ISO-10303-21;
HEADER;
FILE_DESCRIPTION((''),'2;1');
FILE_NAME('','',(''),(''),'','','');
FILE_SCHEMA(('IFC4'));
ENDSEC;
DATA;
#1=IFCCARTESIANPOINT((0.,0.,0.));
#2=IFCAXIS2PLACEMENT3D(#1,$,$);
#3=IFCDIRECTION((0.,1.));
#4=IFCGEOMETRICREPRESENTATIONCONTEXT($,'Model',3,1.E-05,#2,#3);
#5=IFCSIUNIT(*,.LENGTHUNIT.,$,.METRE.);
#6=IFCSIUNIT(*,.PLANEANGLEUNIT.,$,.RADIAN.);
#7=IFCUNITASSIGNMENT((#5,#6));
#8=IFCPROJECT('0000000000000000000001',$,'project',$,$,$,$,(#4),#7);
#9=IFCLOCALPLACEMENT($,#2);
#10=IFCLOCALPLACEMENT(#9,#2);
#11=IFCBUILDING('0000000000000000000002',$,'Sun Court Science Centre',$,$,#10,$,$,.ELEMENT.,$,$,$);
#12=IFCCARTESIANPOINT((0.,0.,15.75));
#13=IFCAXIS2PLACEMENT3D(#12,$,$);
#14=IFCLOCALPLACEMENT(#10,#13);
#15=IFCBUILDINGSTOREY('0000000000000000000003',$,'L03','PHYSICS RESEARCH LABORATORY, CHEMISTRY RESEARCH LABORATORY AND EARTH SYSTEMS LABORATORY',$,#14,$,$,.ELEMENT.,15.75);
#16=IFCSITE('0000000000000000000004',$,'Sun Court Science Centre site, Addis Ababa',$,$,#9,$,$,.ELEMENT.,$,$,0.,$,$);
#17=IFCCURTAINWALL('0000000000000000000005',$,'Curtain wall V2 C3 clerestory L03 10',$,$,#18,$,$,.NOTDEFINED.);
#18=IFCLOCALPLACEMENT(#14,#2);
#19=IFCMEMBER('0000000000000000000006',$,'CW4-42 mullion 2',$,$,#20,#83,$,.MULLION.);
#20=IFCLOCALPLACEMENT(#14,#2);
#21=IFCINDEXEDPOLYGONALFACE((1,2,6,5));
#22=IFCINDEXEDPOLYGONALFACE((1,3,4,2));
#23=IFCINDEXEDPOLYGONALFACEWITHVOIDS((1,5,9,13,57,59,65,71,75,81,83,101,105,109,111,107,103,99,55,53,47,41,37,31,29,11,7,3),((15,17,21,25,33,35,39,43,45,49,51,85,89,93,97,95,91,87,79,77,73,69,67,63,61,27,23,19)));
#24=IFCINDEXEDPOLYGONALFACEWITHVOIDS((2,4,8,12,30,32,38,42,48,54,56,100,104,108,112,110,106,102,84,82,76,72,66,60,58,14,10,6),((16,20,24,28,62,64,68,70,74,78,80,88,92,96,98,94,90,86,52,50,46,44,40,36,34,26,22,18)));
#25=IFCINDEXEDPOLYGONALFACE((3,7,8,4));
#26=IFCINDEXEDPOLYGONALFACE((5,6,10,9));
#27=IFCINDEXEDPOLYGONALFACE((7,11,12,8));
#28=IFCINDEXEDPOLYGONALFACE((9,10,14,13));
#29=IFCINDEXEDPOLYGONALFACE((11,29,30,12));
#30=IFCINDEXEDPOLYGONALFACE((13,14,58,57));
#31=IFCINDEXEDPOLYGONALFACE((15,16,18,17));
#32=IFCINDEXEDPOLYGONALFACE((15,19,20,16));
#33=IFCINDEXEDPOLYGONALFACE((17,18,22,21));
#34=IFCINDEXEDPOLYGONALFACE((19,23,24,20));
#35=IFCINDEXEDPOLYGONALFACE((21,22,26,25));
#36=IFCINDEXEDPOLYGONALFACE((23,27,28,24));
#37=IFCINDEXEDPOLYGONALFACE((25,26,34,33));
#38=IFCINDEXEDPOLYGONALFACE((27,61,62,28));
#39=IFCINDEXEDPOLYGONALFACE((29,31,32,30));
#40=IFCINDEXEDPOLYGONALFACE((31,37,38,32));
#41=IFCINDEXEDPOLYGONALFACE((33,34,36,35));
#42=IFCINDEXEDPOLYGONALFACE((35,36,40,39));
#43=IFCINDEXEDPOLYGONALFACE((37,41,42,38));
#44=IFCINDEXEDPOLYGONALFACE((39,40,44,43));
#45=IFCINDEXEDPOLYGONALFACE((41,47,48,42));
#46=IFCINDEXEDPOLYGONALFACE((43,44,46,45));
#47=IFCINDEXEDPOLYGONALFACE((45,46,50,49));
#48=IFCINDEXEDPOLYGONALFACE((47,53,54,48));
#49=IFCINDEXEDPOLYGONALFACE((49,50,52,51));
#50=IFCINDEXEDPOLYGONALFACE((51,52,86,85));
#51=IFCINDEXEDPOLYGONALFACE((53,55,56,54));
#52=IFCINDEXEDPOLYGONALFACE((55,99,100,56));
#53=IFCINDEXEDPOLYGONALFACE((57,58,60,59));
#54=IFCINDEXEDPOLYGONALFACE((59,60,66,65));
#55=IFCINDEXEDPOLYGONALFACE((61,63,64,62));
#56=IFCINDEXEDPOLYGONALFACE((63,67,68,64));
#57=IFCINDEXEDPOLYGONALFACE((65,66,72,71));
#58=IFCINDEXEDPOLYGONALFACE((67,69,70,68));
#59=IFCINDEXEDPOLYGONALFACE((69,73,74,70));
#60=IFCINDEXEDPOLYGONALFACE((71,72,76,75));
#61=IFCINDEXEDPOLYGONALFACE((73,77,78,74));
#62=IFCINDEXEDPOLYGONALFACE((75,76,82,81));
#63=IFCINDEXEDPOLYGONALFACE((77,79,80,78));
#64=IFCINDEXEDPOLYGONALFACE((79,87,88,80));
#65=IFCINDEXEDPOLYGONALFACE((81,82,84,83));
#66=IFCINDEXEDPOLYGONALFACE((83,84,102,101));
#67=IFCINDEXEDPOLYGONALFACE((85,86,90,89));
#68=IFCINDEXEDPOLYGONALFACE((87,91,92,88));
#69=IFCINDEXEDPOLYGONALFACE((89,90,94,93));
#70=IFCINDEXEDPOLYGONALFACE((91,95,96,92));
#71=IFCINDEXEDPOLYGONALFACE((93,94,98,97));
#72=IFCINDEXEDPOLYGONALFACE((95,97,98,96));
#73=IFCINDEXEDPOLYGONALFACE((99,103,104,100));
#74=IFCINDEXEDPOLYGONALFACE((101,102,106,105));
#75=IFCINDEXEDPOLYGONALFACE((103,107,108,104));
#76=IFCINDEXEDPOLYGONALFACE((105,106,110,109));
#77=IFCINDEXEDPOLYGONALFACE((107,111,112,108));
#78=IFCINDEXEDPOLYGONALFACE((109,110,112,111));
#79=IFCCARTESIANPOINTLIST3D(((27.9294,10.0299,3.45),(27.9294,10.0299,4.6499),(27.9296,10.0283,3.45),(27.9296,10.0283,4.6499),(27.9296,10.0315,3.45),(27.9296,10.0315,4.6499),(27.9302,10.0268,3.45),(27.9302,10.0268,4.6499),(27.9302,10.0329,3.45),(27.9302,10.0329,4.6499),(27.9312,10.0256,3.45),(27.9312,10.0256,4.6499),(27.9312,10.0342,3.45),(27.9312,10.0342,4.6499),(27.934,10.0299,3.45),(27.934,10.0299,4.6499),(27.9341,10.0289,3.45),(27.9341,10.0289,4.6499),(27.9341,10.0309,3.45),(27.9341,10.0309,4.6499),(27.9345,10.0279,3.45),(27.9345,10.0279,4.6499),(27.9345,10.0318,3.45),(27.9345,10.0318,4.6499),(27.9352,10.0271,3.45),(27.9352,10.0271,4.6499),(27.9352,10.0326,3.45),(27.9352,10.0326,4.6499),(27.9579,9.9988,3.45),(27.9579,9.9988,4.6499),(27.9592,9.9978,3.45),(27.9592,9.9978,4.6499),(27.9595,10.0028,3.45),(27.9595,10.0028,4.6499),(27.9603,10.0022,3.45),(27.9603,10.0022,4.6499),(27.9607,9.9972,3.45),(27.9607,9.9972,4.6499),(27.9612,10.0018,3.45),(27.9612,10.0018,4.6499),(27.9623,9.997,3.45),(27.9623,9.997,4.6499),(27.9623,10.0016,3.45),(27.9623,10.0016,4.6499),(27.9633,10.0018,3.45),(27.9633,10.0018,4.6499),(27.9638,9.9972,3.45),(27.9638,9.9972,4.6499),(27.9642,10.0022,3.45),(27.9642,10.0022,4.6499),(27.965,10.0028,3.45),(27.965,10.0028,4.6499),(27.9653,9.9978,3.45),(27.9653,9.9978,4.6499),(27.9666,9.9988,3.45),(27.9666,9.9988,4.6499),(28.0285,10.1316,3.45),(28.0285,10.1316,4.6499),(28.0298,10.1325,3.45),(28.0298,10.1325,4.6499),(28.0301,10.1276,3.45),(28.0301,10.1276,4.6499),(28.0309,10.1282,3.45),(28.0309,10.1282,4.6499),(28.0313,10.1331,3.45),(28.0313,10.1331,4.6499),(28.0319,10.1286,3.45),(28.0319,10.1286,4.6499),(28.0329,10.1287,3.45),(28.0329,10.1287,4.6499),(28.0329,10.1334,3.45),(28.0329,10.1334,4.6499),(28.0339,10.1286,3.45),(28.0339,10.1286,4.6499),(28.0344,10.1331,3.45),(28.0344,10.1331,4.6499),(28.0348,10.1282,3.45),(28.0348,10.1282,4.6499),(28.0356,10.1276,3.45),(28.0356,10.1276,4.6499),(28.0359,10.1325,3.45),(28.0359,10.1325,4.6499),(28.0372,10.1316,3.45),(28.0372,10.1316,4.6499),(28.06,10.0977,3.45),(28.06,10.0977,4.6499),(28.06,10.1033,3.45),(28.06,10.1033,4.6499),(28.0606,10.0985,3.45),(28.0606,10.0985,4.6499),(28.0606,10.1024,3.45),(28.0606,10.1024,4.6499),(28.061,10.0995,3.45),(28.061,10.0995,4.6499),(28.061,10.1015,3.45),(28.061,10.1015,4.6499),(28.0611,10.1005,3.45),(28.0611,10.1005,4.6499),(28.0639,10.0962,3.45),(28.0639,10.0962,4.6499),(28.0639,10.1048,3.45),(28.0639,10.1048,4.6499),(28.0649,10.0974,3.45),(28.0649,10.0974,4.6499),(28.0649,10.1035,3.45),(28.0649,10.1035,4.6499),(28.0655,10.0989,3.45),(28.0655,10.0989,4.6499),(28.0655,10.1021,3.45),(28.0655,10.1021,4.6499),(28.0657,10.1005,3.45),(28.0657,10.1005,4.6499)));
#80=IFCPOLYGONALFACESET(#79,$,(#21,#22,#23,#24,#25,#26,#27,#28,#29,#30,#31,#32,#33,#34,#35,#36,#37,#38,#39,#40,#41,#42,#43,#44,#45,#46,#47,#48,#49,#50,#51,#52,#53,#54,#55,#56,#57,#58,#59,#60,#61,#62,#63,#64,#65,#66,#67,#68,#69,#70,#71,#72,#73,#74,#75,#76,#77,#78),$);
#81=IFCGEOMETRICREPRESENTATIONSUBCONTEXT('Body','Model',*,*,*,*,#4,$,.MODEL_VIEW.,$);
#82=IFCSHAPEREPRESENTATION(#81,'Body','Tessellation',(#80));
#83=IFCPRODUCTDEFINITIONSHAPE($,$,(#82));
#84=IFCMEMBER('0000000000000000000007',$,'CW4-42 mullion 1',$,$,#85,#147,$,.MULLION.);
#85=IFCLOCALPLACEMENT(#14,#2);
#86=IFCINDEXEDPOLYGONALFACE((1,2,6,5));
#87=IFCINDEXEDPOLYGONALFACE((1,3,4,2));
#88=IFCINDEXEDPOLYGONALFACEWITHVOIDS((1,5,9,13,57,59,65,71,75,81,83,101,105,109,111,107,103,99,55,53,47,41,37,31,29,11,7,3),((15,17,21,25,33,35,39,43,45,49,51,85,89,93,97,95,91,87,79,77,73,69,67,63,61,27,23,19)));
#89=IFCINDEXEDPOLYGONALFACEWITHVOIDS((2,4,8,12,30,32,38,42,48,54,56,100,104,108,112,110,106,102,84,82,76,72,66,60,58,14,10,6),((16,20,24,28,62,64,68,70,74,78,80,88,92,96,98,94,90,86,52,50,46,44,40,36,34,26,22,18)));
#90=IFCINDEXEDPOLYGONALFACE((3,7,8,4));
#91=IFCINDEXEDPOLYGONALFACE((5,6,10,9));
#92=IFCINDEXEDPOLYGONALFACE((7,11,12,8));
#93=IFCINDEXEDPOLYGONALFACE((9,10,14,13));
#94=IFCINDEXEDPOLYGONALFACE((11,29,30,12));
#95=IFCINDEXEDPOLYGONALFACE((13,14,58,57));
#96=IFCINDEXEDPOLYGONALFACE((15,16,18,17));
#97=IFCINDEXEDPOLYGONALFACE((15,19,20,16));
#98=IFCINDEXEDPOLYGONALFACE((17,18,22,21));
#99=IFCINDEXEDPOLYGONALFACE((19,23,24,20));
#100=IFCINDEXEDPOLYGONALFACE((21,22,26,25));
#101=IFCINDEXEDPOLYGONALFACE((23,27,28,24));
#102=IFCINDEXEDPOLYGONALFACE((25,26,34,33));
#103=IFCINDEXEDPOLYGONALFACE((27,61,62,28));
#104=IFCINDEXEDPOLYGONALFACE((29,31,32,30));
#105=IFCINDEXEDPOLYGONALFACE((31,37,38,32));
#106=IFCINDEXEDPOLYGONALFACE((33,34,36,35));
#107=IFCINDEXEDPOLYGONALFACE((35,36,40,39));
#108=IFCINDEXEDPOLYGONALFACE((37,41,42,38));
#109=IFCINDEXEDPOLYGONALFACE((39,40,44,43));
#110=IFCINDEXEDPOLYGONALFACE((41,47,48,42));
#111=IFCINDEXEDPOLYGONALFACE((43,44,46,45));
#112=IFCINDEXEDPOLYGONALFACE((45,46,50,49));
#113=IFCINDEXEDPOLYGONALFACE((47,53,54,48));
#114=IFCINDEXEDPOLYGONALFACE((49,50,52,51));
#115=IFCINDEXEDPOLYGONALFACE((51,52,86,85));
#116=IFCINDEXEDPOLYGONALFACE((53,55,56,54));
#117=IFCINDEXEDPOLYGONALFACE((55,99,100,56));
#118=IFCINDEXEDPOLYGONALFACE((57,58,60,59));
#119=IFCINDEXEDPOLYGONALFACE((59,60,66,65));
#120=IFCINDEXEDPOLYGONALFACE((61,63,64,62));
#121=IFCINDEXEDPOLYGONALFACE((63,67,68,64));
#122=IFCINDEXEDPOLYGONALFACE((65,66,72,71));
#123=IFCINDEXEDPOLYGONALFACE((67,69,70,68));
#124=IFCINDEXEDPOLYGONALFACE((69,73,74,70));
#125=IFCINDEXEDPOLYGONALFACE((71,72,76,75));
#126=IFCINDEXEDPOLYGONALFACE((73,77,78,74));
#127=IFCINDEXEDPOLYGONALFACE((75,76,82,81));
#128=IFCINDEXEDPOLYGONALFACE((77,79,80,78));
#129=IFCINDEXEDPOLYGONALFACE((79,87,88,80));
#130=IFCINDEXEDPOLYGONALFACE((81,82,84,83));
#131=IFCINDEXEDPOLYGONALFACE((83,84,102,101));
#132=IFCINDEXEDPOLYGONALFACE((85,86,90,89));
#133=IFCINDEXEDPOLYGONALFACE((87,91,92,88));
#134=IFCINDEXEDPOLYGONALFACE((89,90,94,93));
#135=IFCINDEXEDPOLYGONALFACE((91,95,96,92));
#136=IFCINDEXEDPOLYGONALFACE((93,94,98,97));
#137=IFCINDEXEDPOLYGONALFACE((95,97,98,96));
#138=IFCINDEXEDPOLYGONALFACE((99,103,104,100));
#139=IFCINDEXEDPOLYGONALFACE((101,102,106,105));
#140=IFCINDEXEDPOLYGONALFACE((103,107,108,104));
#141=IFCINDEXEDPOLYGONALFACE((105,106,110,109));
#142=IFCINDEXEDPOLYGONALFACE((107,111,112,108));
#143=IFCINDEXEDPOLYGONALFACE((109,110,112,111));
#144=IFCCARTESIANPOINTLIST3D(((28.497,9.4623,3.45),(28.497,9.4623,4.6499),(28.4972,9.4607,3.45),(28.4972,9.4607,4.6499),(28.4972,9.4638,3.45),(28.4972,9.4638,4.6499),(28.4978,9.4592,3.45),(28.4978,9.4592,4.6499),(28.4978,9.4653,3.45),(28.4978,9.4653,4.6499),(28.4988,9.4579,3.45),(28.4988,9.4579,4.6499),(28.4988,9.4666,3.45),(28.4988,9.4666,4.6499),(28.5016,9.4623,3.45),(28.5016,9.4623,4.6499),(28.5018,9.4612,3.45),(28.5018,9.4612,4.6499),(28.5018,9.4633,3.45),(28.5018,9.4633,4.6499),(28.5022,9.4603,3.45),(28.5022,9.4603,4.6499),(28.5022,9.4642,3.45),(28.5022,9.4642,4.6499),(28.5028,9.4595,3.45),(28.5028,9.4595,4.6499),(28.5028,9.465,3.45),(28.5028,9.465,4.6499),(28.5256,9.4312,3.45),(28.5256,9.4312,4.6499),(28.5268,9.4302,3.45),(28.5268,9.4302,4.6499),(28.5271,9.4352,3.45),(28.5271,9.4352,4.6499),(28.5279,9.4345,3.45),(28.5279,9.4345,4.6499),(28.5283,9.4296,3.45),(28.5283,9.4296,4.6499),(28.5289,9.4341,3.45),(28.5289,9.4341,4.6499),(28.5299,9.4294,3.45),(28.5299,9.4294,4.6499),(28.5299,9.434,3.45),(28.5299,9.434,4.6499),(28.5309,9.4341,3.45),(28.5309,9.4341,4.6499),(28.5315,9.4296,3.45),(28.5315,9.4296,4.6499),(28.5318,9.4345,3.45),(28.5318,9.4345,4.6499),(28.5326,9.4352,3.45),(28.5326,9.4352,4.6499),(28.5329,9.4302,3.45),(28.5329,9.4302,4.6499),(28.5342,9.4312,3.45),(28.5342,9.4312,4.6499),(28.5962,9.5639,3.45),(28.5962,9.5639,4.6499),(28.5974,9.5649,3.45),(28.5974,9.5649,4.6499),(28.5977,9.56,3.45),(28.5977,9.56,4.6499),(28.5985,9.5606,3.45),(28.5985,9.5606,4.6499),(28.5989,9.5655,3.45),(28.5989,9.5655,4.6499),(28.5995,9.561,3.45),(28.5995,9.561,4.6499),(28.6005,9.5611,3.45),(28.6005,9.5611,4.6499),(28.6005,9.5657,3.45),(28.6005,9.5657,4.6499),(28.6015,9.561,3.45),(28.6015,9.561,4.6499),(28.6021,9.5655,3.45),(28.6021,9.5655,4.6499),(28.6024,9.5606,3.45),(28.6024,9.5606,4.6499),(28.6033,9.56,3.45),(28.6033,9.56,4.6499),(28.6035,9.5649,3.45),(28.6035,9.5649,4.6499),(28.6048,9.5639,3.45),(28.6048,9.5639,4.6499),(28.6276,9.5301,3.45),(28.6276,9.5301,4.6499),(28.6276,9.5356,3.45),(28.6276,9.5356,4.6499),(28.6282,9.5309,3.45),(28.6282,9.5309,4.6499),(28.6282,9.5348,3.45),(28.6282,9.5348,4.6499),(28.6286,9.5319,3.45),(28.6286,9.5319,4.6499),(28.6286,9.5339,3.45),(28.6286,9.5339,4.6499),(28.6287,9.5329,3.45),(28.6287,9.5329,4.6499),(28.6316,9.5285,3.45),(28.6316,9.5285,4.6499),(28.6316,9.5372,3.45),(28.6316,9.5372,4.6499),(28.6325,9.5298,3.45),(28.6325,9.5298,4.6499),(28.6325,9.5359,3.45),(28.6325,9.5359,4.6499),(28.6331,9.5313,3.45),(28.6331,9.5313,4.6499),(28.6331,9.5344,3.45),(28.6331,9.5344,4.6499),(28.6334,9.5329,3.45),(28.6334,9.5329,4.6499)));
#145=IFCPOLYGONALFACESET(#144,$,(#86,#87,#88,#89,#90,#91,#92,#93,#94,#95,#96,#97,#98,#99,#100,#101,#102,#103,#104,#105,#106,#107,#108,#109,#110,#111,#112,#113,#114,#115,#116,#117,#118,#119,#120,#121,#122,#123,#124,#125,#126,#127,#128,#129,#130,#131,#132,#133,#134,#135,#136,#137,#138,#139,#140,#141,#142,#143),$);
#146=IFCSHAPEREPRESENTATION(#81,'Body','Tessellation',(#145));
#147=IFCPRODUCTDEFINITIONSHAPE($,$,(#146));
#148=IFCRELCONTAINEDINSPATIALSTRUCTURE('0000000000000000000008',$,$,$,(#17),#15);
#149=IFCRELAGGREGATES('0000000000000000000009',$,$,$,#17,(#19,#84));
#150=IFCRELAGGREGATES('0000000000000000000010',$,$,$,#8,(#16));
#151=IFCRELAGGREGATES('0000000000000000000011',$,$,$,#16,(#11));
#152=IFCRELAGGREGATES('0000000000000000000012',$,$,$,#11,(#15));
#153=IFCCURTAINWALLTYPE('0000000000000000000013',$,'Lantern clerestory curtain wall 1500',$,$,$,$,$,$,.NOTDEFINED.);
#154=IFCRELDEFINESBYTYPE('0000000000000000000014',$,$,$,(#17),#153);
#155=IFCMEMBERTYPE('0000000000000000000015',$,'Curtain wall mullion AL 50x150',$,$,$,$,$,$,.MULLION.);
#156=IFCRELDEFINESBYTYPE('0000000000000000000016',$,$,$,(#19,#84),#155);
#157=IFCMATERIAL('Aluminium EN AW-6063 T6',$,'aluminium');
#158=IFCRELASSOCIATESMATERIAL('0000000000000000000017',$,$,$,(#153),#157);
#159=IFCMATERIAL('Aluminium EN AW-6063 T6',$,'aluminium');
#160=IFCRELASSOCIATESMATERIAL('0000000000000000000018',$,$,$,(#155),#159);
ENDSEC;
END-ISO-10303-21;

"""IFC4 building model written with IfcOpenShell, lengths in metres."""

from ifc_helpers import new_model, si_unit, direction, frame, origin, origin_2d, place, context, subcontext, project, spatial, hollow_rectangle, extrude, material, material_profile, profile_set, type_object, element, aggregate, save


model = new_model("IFC4")

# Units and contexts
model_context = context("Model", 3, precision=1e-05, world=origin(), true_north=direction((0.0, 1.0)))
body_context = subcontext(model_context, "Body", "Model", "MODEL_VIEW")
ifc_project = project(units=[si_unit("LENGTHUNIT", "METRE"), si_unit("PLANEANGLEUNIT", "RADIAN")], contexts=[model_context])

# Site, building, storey
site_placement = place(None, origin())
site = spatial("IfcSite", under=ifc_project, at=site_placement, Name="Sun Court Science Centre site, Addis Ababa", CompositionType="ELEMENT", RefElevation=0.0)
building_placement = place(site_placement, origin())
building = spatial("IfcBuilding", under=site, at=building_placement, Name="Sun Court Science Centre", CompositionType="ELEMENT")
storey_placement = place(building_placement, frame((0.0, 0.0, 15.75)))
storey = spatial("IfcBuildingStorey", under=building, at=storey_placement, Name="L03", Description="PHYSICS RESEARCH LABORATORY, CHEMISTRY RESEARCH LABORATORY AND EARTH SYSTEMS LABORATORY", CompositionType="ELEMENT", Elevation=15.75)

# Shared definitions
ifc_material_1 = material(Name="Aluminium EN AW-6063 T6", Category="aluminium")
curtain_wall_type = type_object("IfcCurtainWallType", Name="Lantern clerestory curtain wall 1500", PredefinedType="NOTDEFINED", material=ifc_material_1)
ifc_material_2 = material(Name="Aluminium EN AW-6063 T6", Category="aluminium")
ifc_material_profile_1 = material_profile(ifc_material_2, hollow_rectangle(XDim=0.05, YDim=0.1499, WallThickness=0.0039, InnerFilletRadius=0.0039, OuterFilletRadius=0.0061, at=origin_2d()), Name="AL 50x150x4")
ifc_profile_set_1 = profile_set([ifc_material_profile_1], Name="Aluminium EN AW-6063 T6")
member_type_1 = type_object("IfcMemberType", Name="Curtain wall mullion AL 50x150", PredefinedType="MULLION", material=ifc_profile_set_1)

# Curtain wall, members
curtain_wall_1_placement = place(storey_placement, origin())
curtain_wall_1 = element("IfcCurtainWall", 1, at=curtain_wall_1_placement, inside=storey, type_object=curtain_wall_type, Name="Curtain wall V2 C3 clerestory L03 10", PredefinedType="NOTDEFINED")
member_1_placement = place(storey_placement, frame((27.9976, 10.0652, 3.45), z_axis=(0.0, 0.0, 1.0), x_axis=(-0.707107, 0.707107, 0.0)))
member_1 = element("IfcMember", 2, at=member_1_placement, type_object=member_type_1, Name="CW4-42 mullion 2", PredefinedType="MULLION", context=body_context, shape_type="SweptSolid", body=[
    extrude(hollow_rectangle(XDim=0.05, YDim=0.1499, WallThickness=0.0039, InnerFilletRadius=0.0039, OuterFilletRadius=0.0061, at=origin_2d()), origin(), (0.0, 0.0, 1.0), 1.2),
])
member_2_placement = place(storey_placement, frame((28.5652, 9.4976, 3.45), z_axis=(0.0, 0.0, 1.0), x_axis=(-0.707107, 0.707107, 0.0)))
member_2 = element("IfcMember", 3, at=member_2_placement, type_object=member_type_1, Name="CW4-42 mullion 1", PredefinedType="MULLION", context=body_context, shape_type="SweptSolid", body=[
    extrude(hollow_rectangle(XDim=0.05, YDim=0.1499, WallThickness=0.0039, InnerFilletRadius=0.0039, OuterFilletRadius=0.0061, at=origin_2d()), origin(), (0.0, 0.0, 1.0), 1.2),
])

aggregate(curtain_wall_1, [member_1, member_2])

save(model, "model.ifc")
